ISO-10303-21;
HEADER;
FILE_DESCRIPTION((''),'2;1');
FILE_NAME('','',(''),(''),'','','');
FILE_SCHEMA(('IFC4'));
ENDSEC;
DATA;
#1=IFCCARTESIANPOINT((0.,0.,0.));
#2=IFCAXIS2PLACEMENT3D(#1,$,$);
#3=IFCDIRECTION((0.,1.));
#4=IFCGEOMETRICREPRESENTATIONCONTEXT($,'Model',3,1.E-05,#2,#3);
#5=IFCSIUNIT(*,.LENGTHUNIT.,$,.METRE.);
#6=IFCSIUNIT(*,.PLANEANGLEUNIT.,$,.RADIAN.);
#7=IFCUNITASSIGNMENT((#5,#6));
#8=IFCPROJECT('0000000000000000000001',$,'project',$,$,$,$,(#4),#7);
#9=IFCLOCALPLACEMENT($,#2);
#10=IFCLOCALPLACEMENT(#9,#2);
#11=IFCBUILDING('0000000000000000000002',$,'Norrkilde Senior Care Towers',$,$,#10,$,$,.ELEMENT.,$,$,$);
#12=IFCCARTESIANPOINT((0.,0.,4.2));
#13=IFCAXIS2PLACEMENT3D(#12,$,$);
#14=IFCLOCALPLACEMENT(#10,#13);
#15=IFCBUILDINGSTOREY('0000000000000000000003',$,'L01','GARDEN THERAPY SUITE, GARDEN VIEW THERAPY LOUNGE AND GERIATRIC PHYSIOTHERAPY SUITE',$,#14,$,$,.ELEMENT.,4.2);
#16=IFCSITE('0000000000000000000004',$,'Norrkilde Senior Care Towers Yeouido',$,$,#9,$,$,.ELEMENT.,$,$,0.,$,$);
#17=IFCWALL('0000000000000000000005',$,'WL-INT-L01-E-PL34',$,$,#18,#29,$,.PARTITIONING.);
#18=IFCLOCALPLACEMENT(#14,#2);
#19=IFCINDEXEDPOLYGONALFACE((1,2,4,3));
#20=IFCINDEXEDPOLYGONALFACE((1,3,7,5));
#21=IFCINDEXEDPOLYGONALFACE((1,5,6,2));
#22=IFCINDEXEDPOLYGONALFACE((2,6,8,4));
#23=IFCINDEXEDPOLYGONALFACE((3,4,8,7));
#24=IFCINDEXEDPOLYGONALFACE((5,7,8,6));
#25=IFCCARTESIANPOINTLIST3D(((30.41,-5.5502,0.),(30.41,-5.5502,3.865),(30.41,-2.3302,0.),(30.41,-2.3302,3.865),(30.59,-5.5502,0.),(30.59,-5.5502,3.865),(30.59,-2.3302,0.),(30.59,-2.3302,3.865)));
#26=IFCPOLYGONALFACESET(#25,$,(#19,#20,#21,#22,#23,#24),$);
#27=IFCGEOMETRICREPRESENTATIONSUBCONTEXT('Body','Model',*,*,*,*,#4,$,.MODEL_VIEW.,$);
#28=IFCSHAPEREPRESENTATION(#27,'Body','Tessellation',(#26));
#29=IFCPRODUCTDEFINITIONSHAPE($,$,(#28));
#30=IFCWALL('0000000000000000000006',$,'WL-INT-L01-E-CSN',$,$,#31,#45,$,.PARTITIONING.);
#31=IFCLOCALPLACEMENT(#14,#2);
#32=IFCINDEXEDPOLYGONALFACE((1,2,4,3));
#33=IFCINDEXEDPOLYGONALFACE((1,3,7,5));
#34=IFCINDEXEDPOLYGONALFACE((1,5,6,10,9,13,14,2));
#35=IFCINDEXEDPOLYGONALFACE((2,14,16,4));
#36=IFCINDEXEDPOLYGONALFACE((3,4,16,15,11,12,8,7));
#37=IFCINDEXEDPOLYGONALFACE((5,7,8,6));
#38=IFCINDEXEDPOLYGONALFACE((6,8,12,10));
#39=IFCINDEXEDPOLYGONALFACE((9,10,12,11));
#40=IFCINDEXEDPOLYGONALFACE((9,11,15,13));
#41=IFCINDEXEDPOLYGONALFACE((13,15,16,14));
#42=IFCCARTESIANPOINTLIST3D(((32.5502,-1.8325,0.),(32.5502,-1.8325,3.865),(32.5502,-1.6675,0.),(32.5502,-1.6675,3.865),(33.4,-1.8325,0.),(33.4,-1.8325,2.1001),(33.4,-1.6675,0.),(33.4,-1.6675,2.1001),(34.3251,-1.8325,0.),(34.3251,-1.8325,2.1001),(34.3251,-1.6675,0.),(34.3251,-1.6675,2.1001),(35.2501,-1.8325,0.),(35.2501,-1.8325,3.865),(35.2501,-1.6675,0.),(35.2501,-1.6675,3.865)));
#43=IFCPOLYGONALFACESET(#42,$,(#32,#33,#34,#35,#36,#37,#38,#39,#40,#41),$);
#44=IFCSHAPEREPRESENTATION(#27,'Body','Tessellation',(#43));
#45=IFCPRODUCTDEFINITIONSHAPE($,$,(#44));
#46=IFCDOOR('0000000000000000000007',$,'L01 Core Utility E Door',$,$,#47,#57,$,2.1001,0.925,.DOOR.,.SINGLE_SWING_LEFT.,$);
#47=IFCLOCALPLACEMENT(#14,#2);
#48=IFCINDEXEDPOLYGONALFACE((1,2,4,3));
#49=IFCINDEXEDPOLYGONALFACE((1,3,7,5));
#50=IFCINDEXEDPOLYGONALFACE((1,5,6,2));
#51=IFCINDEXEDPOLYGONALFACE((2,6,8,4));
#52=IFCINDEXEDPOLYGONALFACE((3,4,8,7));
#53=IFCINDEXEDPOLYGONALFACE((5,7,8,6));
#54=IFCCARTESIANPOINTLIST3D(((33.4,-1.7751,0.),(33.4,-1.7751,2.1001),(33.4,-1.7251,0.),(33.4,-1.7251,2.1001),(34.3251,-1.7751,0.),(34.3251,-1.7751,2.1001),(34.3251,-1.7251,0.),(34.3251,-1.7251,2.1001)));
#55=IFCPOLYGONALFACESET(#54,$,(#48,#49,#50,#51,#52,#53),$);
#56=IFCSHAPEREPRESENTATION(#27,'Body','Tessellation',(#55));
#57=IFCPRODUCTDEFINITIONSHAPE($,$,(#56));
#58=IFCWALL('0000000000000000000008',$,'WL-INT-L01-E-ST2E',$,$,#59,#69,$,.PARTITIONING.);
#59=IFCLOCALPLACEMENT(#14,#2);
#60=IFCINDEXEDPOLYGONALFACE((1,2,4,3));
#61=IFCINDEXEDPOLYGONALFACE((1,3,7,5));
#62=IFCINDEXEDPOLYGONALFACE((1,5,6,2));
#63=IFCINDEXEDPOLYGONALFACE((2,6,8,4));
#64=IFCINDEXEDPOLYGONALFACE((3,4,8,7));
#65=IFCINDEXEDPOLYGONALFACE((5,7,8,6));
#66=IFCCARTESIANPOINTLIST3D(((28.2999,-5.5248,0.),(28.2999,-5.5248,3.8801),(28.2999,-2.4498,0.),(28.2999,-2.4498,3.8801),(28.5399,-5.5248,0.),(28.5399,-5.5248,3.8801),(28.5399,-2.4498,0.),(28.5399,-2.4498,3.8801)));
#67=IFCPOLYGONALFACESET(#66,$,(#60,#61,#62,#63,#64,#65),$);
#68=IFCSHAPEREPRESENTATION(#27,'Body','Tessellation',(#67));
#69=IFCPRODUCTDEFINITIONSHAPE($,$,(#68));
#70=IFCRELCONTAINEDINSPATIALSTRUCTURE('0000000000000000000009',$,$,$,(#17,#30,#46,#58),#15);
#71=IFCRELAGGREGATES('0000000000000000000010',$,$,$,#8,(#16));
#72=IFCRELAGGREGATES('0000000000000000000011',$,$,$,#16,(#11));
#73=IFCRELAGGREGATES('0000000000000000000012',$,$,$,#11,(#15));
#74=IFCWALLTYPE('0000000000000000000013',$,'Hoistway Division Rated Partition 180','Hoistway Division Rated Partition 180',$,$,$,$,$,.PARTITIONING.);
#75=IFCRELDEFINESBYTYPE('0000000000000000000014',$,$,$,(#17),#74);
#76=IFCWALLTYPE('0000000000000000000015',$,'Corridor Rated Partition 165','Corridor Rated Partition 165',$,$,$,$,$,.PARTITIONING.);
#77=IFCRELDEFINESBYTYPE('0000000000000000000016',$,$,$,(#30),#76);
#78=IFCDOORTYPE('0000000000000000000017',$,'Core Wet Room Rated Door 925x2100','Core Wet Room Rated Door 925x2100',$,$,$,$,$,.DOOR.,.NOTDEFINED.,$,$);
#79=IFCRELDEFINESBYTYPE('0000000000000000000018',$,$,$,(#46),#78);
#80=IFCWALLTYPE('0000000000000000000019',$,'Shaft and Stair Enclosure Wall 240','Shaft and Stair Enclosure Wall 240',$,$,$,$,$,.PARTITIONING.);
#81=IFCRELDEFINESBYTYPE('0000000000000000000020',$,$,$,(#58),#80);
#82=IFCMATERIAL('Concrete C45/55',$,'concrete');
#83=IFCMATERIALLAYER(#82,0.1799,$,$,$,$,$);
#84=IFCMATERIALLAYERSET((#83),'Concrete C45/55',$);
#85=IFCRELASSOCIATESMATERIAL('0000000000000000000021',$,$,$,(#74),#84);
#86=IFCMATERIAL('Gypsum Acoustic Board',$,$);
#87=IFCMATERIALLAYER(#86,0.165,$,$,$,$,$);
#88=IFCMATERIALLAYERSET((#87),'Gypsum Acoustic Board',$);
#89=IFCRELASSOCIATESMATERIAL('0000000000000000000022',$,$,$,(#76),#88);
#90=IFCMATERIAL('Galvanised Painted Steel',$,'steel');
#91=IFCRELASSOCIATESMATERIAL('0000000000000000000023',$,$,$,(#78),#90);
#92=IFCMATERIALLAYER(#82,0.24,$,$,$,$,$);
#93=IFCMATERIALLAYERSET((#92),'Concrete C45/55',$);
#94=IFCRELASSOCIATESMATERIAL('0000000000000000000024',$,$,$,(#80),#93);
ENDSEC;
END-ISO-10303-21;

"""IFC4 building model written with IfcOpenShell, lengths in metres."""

from ifc_helpers import new_model, si_unit, direction, frame, frame_2d, origin, place, context, subcontext, project, spatial, rectangle, extrude, source, transform, mapped, material, layer, layer_set, type_object, type_shapes, element, fill, save


model = new_model("IFC4")

# Units and contexts
model_context = context("Model", 3, precision=1e-05, world=origin(), true_north=direction((0.0, 1.0)))
body_context = subcontext(model_context, "Body", "Model", "MODEL_VIEW")
ifc_project = project(units=[si_unit("LENGTHUNIT", "METRE"), si_unit("PLANEANGLEUNIT", "RADIAN")], contexts=[model_context])

# Site, building, storey
site_placement = place(None, origin())
site = spatial("IfcSite", under=ifc_project, at=site_placement, Name="Norrkilde Senior Care Towers Yeouido", CompositionType="ELEMENT", RefElevation=0.0)
building_placement = place(site_placement, origin())
building = spatial("IfcBuilding", under=site, at=building_placement, Name="Norrkilde Senior Care Towers", CompositionType="ELEMENT")
storey_placement = place(building_placement, frame((0.0, 0.0, 4.2)))
storey = spatial("IfcBuildingStorey", under=building, at=storey_placement, Name="L01", Description="GARDEN THERAPY SUITE, GARDEN VIEW THERAPY LOUNGE AND GERIATRIC PHYSIOTHERAPY SUITE", CompositionType="ELEMENT", Elevation=4.2)

# Wall
ifc_material_1 = material(Name="Concrete C45/55", Category="concrete")
ifc_layer_1 = layer(ifc_material_1, 0.1799)
ifc_layer_set_1 = layer_set([ifc_layer_1], Name="Concrete C45/55")
wall_type_1 = type_object("IfcWallType", Name="Hoistway Division Rated Partition 180", Description="Hoistway Division Rated Partition 180", PredefinedType="PARTITIONING", material=ifc_layer_set_1)
shared_shape_1 = source(origin(), body_context, "Body", "SweptSolid", [
    extrude(rectangle(XDim=3.22, YDim=0.1799, at=frame_2d((1.6099, 0.0))), origin(), (0.0, 0.0, 1.0), 3.865),
])
type_shapes(wall_type_1, [shared_shape_1])
wall_1_placement = place(storey_placement, frame((30.5, -5.55, 0.0), z_axis=(0.0, 0.0, 1.0), x_axis=(0.0, 1.0, 0.0)))
element("IfcWall", 1, at=wall_1_placement, inside=storey, type_object=wall_type_1, Name="WL-INT-L01-E-PL34", PredefinedType="PARTITIONING", context=body_context, shape_type="MappedRepresentation", body=[
    mapped(shared_shape_1, transform((0.0, 0.0, 0.0), x_axis=(1.0, 0.0, 0.0), y_axis=(0.0, 1.0, 0.0), z_axis=(0.0, 0.0, 1.0), scale=1.0)),
])

# Wall, opening, door
ifc_material_2 = material(Name="Gypsum Acoustic Board")
ifc_layer_2 = layer(ifc_material_2, 0.165)
ifc_layer_set_2 = layer_set([ifc_layer_2], Name="Gypsum Acoustic Board")
wall_type_2 = type_object("IfcWallType", Name="Corridor Rated Partition 165", Description="Corridor Rated Partition 165", PredefinedType="PARTITIONING", material=ifc_layer_set_2)
shared_shape_2 = source(origin(), body_context, "Body", "SweptSolid", [
    extrude(rectangle(XDim=2.7, YDim=0.165, at=frame_2d((1.3501, 0.0))), origin(), (0.0, 0.0, 1.0), 3.865),
])
type_shapes(wall_type_2, [shared_shape_2])
wall_2_placement = place(storey_placement, frame((32.55, -1.75, 0.0), z_axis=(0.0, 0.0, 1.0), x_axis=(1.0, 0.0, 0.0)))
wall_2 = element("IfcWall", 2, at=wall_2_placement, inside=storey, type_object=wall_type_2, Name="WL-INT-L01-E-CSN", PredefinedType="PARTITIONING", context=body_context, shape_type="MappedRepresentation", body=[
    mapped(shared_shape_2, transform((0.0, 0.0, 0.0), x_axis=(1.0, 0.0, 0.0), y_axis=(0.0, 1.0, 0.0), z_axis=(0.0, 0.0, 1.0), scale=1.0)),
])
opening_placement = place(wall_2_placement, frame((0.8501, 0.0, 0.0)))
opening = element("IfcOpeningElement", 3, at=opening_placement, cuts=wall_2, PredefinedType="OPENING", context=body_context, shape_type="SweptSolid", body=[
    extrude(rectangle(XDim=0.925, YDim=2.1001, at=frame_2d((0.4624, 1.05))), frame((0.0, 0.0925, 0.0), z_axis=(0.0, -1.0, 0.0), x_axis=(1.0, 0.0, 0.0)), (0.0, 0.0, 1.0), 0.1851),
])
ifc_material_3 = material(Name="Galvanised Painted Steel", Category="steel")
door_type = type_object("IfcDoorType", Name="Core Wet Room Rated Door 925x2100", Description="Core Wet Room Rated Door 925x2100", OperationType="NOTDEFINED", PredefinedType="DOOR", material=ifc_material_3)
shared_shape_3 = source(origin(), body_context, "Body", "SweptSolid", [
    extrude(rectangle(XDim=0.925, YDim=2.1001, at=frame_2d((0.4624, 1.05))), frame((0.0, 0.0249, 0.0), z_axis=(0.0, -1.0, 0.0), x_axis=(1.0, 0.0, 0.0)), (0.0, 0.0, 1.0), 0.05),
])
type_shapes(door_type, [shared_shape_3])
door_placement = place(opening_placement, origin())
door = element("IfcDoor", 4, at=door_placement, inside=storey, type_object=door_type, Name="L01 Core Utility E Door", OperationType="SINGLE_SWING_LEFT", OverallHeight=2.1001, OverallWidth=0.925, PredefinedType="DOOR", context=body_context, shape_type="MappedRepresentation", body=[
    mapped(shared_shape_3, transform((0.0, 0.0, 0.0), x_axis=(1.0, 0.0, 0.0), y_axis=(0.0, 1.0, 0.0), z_axis=(0.0, 0.0, 1.0), scale=1.0)),
])
fill(opening, door)

# Wall
ifc_layer_3 = layer(ifc_material_1, 0.24)
ifc_layer_set_3 = layer_set([ifc_layer_3], Name="Concrete C45/55")
wall_type_3 = type_object("IfcWallType", Name="Shaft and Stair Enclosure Wall 240", Description="Shaft and Stair Enclosure Wall 240", PredefinedType="PARTITIONING", material=ifc_layer_set_3)
shared_shape_4 = source(origin(), body_context, "Body", "SweptSolid", [
    extrude(rectangle(XDim=3.075, YDim=0.24, at=frame_2d((1.5376, 0.0))), origin(), (0.0, 0.0, 1.0), 3.8801),
])
type_shapes(wall_type_3, [shared_shape_4])
wall_3_placement = place(storey_placement, frame((28.4199, -5.5249, 0.0), z_axis=(0.0, 0.0, 1.0), x_axis=(0.0, 1.0, 0.0)))
element("IfcWall", 5, at=wall_3_placement, inside=storey, type_object=wall_type_3, Name="WL-INT-L01-E-ST2E", PredefinedType="PARTITIONING", context=body_context, shape_type="MappedRepresentation", body=[
    mapped(shared_shape_4, transform((0.0, 0.0, 0.0), x_axis=(1.0, 0.0, 0.0), y_axis=(0.0, 1.0, 0.0), z_axis=(0.0, 0.0, 1.0), scale=1.0)),
])

save(model, "model.ifc")
